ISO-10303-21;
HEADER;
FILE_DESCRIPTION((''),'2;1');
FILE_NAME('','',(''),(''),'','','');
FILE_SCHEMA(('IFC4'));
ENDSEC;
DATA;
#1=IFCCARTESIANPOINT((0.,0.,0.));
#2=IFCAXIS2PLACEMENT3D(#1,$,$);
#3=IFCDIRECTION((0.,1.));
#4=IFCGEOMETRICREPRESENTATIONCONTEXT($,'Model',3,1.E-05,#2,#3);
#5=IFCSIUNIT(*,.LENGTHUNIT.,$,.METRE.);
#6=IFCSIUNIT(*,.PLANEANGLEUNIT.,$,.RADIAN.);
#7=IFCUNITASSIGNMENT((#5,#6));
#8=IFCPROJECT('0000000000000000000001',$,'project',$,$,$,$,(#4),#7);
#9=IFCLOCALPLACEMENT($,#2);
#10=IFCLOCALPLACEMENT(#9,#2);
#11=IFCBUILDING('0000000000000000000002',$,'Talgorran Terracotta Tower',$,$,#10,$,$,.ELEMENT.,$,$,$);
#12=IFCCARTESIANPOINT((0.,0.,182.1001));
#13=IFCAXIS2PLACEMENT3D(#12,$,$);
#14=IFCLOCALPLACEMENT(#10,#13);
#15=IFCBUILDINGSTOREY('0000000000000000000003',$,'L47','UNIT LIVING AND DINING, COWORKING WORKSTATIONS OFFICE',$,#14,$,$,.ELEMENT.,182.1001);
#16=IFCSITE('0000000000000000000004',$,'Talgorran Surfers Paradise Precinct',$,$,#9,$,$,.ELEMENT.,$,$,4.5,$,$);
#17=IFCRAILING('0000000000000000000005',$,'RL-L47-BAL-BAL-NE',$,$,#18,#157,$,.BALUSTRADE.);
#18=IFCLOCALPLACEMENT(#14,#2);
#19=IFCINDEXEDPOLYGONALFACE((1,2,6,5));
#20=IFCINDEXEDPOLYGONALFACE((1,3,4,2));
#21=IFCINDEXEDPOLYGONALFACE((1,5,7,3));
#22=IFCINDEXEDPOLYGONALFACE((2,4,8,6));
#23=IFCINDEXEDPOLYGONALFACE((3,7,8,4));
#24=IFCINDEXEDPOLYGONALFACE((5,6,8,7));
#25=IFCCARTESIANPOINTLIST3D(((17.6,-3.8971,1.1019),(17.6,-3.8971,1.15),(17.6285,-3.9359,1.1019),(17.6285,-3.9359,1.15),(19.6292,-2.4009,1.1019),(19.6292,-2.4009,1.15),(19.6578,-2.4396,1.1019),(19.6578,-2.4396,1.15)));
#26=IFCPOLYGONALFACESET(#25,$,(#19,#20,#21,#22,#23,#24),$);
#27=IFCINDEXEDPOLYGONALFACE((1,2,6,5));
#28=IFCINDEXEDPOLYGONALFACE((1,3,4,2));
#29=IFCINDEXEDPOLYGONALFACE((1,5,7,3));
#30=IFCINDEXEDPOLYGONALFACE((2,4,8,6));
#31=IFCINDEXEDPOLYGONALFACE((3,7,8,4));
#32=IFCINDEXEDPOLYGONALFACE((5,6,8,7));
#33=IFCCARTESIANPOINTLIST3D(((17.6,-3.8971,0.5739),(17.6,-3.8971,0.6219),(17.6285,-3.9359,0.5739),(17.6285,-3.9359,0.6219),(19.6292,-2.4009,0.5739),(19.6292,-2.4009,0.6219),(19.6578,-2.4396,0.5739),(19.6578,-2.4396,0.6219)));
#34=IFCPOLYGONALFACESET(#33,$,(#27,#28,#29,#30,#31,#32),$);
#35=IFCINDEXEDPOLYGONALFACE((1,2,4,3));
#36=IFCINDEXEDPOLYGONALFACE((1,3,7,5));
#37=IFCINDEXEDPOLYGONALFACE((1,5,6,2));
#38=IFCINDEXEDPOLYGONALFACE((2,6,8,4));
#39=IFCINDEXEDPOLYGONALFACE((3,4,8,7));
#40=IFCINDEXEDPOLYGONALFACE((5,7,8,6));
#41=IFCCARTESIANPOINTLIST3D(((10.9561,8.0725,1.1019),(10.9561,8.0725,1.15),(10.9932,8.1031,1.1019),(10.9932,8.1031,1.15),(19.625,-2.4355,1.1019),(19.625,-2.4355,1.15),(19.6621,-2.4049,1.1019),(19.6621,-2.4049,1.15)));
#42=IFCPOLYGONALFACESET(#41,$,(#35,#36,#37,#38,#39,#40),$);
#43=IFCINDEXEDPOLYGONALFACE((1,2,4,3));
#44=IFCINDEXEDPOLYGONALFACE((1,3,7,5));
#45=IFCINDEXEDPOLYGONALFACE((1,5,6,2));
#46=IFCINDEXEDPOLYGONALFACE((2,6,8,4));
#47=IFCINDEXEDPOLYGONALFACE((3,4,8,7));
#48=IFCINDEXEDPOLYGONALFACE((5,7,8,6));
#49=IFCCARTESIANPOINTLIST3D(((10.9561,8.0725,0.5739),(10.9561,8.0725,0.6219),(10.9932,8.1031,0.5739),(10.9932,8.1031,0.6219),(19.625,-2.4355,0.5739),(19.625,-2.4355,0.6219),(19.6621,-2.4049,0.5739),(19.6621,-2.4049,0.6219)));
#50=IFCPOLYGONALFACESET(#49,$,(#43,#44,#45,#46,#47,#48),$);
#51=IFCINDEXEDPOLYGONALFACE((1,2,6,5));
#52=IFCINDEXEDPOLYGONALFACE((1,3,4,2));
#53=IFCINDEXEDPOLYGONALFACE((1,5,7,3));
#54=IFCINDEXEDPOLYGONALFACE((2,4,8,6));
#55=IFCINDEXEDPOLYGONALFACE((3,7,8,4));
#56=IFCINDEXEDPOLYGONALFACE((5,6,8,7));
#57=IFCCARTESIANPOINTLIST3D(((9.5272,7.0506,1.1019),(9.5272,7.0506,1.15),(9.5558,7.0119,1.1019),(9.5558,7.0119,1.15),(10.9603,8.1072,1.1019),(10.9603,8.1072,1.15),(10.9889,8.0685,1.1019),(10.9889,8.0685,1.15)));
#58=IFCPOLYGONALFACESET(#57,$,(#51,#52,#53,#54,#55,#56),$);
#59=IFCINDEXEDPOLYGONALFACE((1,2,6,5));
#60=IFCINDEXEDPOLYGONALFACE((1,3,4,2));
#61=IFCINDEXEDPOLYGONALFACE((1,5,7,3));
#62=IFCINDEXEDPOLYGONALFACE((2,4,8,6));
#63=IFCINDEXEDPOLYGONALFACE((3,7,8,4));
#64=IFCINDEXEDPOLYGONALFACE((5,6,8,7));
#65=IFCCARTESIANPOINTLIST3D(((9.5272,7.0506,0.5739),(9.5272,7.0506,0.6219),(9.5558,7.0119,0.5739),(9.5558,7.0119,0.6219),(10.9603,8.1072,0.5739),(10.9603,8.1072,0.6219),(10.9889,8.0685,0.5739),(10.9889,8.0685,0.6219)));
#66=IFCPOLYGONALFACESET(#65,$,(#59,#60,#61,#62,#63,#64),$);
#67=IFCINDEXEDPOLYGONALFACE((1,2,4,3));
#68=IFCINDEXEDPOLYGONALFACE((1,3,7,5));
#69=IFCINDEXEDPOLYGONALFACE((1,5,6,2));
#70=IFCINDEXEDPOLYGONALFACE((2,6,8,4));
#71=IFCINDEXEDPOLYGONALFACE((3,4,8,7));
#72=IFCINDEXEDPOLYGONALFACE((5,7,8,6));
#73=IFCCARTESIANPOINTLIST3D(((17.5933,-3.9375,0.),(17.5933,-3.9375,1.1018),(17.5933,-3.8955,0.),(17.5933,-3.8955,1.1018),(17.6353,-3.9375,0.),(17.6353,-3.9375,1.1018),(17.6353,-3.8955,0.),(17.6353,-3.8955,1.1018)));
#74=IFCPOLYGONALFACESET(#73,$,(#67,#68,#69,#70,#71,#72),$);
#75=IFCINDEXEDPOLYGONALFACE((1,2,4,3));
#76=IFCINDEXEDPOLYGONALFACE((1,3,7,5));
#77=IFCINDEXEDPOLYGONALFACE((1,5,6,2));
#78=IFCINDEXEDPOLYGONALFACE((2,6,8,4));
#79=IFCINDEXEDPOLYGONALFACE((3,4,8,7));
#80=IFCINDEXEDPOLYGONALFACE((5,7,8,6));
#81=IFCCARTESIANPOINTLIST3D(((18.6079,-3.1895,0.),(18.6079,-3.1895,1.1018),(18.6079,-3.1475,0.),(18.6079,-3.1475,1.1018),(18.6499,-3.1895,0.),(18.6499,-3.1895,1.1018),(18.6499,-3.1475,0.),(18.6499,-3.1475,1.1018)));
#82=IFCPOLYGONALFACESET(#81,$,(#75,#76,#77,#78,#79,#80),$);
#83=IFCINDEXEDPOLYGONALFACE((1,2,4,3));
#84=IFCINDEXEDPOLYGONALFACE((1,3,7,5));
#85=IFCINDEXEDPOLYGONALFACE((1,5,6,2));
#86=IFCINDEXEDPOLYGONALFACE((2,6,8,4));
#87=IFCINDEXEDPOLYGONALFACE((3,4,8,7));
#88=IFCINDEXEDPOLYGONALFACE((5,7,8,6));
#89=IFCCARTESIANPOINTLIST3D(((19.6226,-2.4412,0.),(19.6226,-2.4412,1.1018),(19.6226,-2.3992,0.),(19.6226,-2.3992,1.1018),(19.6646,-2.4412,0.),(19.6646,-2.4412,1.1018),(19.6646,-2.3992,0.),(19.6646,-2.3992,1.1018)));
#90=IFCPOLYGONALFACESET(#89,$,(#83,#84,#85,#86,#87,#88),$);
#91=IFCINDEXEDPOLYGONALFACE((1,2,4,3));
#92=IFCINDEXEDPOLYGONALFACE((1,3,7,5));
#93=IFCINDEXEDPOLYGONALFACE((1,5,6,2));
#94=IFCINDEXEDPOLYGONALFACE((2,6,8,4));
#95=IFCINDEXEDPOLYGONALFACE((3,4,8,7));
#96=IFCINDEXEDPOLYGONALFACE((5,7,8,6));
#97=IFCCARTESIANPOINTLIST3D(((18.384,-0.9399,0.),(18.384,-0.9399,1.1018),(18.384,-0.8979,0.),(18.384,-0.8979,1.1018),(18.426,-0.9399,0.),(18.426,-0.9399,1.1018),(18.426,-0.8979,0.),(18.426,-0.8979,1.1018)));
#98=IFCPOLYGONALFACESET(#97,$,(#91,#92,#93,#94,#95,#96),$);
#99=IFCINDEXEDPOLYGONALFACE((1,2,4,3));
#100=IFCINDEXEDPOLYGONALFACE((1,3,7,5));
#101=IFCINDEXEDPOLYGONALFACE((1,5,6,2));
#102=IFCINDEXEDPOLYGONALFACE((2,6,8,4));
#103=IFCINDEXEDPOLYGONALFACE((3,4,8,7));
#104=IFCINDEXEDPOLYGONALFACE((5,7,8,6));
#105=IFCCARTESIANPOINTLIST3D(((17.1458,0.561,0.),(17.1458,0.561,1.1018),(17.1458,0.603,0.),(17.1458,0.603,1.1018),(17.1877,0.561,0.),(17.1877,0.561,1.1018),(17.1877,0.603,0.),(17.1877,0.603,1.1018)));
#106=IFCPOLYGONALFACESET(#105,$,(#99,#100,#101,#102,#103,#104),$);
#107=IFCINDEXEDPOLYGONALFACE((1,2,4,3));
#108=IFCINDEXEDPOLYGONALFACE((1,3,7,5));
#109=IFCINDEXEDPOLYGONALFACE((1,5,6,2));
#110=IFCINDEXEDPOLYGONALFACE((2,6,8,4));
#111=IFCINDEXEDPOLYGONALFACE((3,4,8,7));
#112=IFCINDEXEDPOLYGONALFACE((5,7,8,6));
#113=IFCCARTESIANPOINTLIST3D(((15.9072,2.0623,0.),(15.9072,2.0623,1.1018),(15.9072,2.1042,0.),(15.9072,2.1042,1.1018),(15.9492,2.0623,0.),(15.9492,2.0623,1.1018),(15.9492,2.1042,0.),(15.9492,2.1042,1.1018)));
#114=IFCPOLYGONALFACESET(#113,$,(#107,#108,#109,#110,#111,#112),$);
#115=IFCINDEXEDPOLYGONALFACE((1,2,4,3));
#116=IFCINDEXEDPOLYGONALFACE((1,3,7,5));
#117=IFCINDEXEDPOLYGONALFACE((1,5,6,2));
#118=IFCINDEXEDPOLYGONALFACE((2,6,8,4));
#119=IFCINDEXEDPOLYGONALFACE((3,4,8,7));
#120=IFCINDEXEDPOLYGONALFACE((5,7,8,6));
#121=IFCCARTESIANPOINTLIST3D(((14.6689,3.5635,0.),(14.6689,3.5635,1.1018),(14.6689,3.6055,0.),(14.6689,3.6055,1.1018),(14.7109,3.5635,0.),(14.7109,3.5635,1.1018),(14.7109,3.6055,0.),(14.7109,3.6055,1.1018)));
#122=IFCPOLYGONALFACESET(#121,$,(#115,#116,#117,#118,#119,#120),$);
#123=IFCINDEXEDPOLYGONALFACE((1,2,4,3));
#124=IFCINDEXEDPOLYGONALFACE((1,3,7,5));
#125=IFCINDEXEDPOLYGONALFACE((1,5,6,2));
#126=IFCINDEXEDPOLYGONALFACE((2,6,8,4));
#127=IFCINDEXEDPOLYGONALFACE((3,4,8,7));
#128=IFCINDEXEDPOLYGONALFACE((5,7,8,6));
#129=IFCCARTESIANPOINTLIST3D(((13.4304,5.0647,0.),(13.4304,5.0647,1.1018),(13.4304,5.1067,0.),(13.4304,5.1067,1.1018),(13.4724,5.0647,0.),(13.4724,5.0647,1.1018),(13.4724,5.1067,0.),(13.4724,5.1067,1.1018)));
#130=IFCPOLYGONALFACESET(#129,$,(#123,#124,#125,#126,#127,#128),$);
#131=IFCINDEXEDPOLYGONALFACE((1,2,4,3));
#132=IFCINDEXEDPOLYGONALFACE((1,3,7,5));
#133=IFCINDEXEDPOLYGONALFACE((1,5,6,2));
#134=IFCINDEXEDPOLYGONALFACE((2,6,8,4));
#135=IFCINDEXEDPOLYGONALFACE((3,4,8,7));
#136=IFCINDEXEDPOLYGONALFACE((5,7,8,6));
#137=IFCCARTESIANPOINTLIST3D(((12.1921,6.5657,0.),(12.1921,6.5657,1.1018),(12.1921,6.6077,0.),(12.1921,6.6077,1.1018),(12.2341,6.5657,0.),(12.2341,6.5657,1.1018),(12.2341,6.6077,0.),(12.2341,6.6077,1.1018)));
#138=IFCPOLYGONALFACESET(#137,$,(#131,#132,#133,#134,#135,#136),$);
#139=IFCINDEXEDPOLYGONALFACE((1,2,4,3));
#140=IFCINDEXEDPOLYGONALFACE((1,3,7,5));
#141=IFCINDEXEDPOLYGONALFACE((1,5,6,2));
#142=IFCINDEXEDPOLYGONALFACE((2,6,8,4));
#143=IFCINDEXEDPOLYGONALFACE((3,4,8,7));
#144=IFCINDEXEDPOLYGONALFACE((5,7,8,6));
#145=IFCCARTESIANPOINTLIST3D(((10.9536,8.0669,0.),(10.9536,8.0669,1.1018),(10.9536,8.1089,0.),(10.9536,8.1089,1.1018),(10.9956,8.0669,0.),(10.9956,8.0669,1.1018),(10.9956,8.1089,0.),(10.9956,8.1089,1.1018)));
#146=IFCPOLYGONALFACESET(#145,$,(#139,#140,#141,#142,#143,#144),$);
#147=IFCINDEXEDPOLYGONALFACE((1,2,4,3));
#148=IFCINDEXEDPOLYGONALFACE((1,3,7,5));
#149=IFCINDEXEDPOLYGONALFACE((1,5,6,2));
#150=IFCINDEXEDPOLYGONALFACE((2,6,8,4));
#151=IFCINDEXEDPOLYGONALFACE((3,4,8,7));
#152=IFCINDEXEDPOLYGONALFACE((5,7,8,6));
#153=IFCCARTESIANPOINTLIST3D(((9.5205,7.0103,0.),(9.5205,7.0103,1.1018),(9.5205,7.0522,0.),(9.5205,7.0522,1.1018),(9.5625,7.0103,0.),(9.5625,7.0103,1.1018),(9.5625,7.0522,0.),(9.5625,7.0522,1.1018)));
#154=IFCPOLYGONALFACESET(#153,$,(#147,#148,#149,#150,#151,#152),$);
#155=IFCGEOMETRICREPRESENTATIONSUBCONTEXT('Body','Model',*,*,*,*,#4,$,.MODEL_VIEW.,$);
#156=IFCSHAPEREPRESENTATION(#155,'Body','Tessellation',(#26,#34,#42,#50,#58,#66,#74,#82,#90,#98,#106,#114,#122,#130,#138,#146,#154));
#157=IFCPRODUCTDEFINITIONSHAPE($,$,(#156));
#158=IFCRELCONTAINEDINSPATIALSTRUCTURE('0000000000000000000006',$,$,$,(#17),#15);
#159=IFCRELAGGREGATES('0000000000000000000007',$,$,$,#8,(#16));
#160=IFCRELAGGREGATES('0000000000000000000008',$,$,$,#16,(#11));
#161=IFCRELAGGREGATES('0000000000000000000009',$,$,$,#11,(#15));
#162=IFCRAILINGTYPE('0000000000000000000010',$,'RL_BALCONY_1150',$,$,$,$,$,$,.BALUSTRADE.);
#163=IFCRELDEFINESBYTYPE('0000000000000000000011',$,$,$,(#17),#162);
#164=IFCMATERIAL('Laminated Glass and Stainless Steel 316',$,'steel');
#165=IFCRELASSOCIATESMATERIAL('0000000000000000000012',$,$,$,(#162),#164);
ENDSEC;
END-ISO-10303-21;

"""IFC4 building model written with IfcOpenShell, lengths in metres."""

from ifc_helpers import new_model, si_unit, direction, frame, origin, origin_2d, place, context, subcontext, project, spatial, rectangle, extrude, material, type_object, element, save


model = new_model("IFC4")

# Units and contexts
model_context = context("Model", 3, precision=1e-05, world=origin(), true_north=direction((0.0, 1.0)))
body_context = subcontext(model_context, "Body", "Model", "MODEL_VIEW")
ifc_project = project(units=[si_unit("LENGTHUNIT", "METRE"), si_unit("PLANEANGLEUNIT", "RADIAN")], contexts=[model_context])

# Site, building, storey
site_placement = place(None, origin())
site = spatial("IfcSite", under=ifc_project, at=site_placement, Name="Talgorran Surfers Paradise Precinct", CompositionType="ELEMENT", RefElevation=4.5)
building_placement = place(site_placement, origin())
building = spatial("IfcBuilding", under=site, at=building_placement, Name="Talgorran Terracotta Tower", CompositionType="ELEMENT")
storey_placement = place(building_placement, frame((0.0, 0.0, 182.1001)))
storey = spatial("IfcBuildingStorey", under=building, at=storey_placement, Name="L47", Description="UNIT LIVING AND DINING, COWORKING WORKSTATIONS OFFICE", CompositionType="ELEMENT", Elevation=182.1001)

# Railing
ifc_material_1 = material(Name="Laminated Glass and Stainless Steel 316", Category="steel")
railing_type = type_object("IfcRailingType", Name="RL_BALCONY_1150", PredefinedType="BALUSTRADE", material=ifc_material_1)
railing_placement = place(storey_placement, frame((17.6143, -3.9165, 0.0)))
element("IfcRailing", 1, at=railing_placement, inside=storey, type_object=railing_type, Name="RL-L47-BAL-BAL-NE", PredefinedType="BALUSTRADE", context=body_context, shape_type="SweptSolid", body=[
    extrude(rectangle(XDim=0.0481, YDim=0.0481, at=origin_2d()), frame((0.0, 0.0, 1.126), z_axis=(0.804854, 0.593473, 0.0), x_axis=(-0.593473, 0.804854, 0.0)), (0.0, 0.0, 1.0), 2.5212),
    extrude(rectangle(XDim=0.0481, YDim=0.0481, at=origin_2d()), frame((0.0, 0.0, 0.5979), z_axis=(0.804854, 0.593473, 0.0), x_axis=(-0.593473, 0.804854, 0.0)), (0.0, 0.0, 1.0), 2.5212),
    extrude(rectangle(XDim=0.0481, YDim=0.0481, at=origin_2d()), frame((2.0293, 1.4963, 1.126), z_axis=(-0.636374, 0.771381, 0.0), x_axis=(-0.771381, -0.636374, 0.0)), (0.0, 0.0, 1.0), 13.6223),
    extrude(rectangle(XDim=0.0481, YDim=0.0481, at=origin_2d()), frame((2.0293, 1.4963, 0.5979), z_axis=(-0.636374, 0.771381, 0.0), x_axis=(-0.771381, -0.636374, 0.0)), (0.0, 0.0, 1.0), 13.6223),
    extrude(rectangle(XDim=0.0481, YDim=0.0481, at=origin_2d()), frame((-6.6396, 12.0044, 1.126), z_axis=(-0.804877, -0.593442, 0.0), x_axis=(0.593442, -0.804877, 0.0)), (0.0, 0.0, 1.0), 1.7805),
    extrude(rectangle(XDim=0.0481, YDim=0.0481, at=origin_2d()), frame((-6.6396, 12.0044, 0.5979), z_axis=(-0.804877, -0.593442, 0.0), x_axis=(0.593442, -0.804877, 0.0)), (0.0, 0.0, 1.0), 1.7805),
    extrude(rectangle(XDim=0.042, YDim=0.042, at=origin_2d()), origin(), (0.0, 0.0, 1.0), 1.1018),
    extrude(rectangle(XDim=0.042, YDim=0.042, at=origin_2d()), frame((1.0146, 0.748, 0.0)), (0.0, 0.0, 1.0), 1.1018),
    extrude(rectangle(XDim=0.042, YDim=0.042, at=origin_2d()), frame((2.0293, 1.4963, 0.0)), (0.0, 0.0, 1.0), 1.1018),
    extrude(rectangle(XDim=0.042, YDim=0.042, at=origin_2d()), frame((0.7908, 2.9976, 0.0)), (0.0, 0.0, 1.0), 1.1018),
    extrude(rectangle(XDim=0.042, YDim=0.042, at=origin_2d()), frame((-0.4475, 4.4985, 0.0)), (0.0, 0.0, 1.0), 1.1018),
    extrude(rectangle(XDim=0.042, YDim=0.042, at=origin_2d()), frame((-1.686, 5.9998, 0.0)), (0.0, 0.0, 1.0), 1.1018),
    extrude(rectangle(XDim=0.042, YDim=0.042, at=origin_2d()), frame((-2.9243, 7.501, 0.0)), (0.0, 0.0, 1.0), 1.1018),
    extrude(rectangle(XDim=0.042, YDim=0.042, at=origin_2d()), frame((-4.1628, 9.0022, 0.0)), (0.0, 0.0, 1.0), 1.1018),
    extrude(rectangle(XDim=0.042, YDim=0.042, at=origin_2d()), frame((-5.4011, 10.5032, 0.0)), (0.0, 0.0, 1.0), 1.1018),
    extrude(rectangle(XDim=0.042, YDim=0.042, at=origin_2d()), frame((-6.6396, 12.0044, 0.0)), (0.0, 0.0, 1.0), 1.1018),
    extrude(rectangle(XDim=0.042, YDim=0.042, at=origin_2d()), frame((-8.0728, 10.9478, 0.0)), (0.0, 0.0, 1.0), 1.1018),
])

save(model, "model.ifc")
